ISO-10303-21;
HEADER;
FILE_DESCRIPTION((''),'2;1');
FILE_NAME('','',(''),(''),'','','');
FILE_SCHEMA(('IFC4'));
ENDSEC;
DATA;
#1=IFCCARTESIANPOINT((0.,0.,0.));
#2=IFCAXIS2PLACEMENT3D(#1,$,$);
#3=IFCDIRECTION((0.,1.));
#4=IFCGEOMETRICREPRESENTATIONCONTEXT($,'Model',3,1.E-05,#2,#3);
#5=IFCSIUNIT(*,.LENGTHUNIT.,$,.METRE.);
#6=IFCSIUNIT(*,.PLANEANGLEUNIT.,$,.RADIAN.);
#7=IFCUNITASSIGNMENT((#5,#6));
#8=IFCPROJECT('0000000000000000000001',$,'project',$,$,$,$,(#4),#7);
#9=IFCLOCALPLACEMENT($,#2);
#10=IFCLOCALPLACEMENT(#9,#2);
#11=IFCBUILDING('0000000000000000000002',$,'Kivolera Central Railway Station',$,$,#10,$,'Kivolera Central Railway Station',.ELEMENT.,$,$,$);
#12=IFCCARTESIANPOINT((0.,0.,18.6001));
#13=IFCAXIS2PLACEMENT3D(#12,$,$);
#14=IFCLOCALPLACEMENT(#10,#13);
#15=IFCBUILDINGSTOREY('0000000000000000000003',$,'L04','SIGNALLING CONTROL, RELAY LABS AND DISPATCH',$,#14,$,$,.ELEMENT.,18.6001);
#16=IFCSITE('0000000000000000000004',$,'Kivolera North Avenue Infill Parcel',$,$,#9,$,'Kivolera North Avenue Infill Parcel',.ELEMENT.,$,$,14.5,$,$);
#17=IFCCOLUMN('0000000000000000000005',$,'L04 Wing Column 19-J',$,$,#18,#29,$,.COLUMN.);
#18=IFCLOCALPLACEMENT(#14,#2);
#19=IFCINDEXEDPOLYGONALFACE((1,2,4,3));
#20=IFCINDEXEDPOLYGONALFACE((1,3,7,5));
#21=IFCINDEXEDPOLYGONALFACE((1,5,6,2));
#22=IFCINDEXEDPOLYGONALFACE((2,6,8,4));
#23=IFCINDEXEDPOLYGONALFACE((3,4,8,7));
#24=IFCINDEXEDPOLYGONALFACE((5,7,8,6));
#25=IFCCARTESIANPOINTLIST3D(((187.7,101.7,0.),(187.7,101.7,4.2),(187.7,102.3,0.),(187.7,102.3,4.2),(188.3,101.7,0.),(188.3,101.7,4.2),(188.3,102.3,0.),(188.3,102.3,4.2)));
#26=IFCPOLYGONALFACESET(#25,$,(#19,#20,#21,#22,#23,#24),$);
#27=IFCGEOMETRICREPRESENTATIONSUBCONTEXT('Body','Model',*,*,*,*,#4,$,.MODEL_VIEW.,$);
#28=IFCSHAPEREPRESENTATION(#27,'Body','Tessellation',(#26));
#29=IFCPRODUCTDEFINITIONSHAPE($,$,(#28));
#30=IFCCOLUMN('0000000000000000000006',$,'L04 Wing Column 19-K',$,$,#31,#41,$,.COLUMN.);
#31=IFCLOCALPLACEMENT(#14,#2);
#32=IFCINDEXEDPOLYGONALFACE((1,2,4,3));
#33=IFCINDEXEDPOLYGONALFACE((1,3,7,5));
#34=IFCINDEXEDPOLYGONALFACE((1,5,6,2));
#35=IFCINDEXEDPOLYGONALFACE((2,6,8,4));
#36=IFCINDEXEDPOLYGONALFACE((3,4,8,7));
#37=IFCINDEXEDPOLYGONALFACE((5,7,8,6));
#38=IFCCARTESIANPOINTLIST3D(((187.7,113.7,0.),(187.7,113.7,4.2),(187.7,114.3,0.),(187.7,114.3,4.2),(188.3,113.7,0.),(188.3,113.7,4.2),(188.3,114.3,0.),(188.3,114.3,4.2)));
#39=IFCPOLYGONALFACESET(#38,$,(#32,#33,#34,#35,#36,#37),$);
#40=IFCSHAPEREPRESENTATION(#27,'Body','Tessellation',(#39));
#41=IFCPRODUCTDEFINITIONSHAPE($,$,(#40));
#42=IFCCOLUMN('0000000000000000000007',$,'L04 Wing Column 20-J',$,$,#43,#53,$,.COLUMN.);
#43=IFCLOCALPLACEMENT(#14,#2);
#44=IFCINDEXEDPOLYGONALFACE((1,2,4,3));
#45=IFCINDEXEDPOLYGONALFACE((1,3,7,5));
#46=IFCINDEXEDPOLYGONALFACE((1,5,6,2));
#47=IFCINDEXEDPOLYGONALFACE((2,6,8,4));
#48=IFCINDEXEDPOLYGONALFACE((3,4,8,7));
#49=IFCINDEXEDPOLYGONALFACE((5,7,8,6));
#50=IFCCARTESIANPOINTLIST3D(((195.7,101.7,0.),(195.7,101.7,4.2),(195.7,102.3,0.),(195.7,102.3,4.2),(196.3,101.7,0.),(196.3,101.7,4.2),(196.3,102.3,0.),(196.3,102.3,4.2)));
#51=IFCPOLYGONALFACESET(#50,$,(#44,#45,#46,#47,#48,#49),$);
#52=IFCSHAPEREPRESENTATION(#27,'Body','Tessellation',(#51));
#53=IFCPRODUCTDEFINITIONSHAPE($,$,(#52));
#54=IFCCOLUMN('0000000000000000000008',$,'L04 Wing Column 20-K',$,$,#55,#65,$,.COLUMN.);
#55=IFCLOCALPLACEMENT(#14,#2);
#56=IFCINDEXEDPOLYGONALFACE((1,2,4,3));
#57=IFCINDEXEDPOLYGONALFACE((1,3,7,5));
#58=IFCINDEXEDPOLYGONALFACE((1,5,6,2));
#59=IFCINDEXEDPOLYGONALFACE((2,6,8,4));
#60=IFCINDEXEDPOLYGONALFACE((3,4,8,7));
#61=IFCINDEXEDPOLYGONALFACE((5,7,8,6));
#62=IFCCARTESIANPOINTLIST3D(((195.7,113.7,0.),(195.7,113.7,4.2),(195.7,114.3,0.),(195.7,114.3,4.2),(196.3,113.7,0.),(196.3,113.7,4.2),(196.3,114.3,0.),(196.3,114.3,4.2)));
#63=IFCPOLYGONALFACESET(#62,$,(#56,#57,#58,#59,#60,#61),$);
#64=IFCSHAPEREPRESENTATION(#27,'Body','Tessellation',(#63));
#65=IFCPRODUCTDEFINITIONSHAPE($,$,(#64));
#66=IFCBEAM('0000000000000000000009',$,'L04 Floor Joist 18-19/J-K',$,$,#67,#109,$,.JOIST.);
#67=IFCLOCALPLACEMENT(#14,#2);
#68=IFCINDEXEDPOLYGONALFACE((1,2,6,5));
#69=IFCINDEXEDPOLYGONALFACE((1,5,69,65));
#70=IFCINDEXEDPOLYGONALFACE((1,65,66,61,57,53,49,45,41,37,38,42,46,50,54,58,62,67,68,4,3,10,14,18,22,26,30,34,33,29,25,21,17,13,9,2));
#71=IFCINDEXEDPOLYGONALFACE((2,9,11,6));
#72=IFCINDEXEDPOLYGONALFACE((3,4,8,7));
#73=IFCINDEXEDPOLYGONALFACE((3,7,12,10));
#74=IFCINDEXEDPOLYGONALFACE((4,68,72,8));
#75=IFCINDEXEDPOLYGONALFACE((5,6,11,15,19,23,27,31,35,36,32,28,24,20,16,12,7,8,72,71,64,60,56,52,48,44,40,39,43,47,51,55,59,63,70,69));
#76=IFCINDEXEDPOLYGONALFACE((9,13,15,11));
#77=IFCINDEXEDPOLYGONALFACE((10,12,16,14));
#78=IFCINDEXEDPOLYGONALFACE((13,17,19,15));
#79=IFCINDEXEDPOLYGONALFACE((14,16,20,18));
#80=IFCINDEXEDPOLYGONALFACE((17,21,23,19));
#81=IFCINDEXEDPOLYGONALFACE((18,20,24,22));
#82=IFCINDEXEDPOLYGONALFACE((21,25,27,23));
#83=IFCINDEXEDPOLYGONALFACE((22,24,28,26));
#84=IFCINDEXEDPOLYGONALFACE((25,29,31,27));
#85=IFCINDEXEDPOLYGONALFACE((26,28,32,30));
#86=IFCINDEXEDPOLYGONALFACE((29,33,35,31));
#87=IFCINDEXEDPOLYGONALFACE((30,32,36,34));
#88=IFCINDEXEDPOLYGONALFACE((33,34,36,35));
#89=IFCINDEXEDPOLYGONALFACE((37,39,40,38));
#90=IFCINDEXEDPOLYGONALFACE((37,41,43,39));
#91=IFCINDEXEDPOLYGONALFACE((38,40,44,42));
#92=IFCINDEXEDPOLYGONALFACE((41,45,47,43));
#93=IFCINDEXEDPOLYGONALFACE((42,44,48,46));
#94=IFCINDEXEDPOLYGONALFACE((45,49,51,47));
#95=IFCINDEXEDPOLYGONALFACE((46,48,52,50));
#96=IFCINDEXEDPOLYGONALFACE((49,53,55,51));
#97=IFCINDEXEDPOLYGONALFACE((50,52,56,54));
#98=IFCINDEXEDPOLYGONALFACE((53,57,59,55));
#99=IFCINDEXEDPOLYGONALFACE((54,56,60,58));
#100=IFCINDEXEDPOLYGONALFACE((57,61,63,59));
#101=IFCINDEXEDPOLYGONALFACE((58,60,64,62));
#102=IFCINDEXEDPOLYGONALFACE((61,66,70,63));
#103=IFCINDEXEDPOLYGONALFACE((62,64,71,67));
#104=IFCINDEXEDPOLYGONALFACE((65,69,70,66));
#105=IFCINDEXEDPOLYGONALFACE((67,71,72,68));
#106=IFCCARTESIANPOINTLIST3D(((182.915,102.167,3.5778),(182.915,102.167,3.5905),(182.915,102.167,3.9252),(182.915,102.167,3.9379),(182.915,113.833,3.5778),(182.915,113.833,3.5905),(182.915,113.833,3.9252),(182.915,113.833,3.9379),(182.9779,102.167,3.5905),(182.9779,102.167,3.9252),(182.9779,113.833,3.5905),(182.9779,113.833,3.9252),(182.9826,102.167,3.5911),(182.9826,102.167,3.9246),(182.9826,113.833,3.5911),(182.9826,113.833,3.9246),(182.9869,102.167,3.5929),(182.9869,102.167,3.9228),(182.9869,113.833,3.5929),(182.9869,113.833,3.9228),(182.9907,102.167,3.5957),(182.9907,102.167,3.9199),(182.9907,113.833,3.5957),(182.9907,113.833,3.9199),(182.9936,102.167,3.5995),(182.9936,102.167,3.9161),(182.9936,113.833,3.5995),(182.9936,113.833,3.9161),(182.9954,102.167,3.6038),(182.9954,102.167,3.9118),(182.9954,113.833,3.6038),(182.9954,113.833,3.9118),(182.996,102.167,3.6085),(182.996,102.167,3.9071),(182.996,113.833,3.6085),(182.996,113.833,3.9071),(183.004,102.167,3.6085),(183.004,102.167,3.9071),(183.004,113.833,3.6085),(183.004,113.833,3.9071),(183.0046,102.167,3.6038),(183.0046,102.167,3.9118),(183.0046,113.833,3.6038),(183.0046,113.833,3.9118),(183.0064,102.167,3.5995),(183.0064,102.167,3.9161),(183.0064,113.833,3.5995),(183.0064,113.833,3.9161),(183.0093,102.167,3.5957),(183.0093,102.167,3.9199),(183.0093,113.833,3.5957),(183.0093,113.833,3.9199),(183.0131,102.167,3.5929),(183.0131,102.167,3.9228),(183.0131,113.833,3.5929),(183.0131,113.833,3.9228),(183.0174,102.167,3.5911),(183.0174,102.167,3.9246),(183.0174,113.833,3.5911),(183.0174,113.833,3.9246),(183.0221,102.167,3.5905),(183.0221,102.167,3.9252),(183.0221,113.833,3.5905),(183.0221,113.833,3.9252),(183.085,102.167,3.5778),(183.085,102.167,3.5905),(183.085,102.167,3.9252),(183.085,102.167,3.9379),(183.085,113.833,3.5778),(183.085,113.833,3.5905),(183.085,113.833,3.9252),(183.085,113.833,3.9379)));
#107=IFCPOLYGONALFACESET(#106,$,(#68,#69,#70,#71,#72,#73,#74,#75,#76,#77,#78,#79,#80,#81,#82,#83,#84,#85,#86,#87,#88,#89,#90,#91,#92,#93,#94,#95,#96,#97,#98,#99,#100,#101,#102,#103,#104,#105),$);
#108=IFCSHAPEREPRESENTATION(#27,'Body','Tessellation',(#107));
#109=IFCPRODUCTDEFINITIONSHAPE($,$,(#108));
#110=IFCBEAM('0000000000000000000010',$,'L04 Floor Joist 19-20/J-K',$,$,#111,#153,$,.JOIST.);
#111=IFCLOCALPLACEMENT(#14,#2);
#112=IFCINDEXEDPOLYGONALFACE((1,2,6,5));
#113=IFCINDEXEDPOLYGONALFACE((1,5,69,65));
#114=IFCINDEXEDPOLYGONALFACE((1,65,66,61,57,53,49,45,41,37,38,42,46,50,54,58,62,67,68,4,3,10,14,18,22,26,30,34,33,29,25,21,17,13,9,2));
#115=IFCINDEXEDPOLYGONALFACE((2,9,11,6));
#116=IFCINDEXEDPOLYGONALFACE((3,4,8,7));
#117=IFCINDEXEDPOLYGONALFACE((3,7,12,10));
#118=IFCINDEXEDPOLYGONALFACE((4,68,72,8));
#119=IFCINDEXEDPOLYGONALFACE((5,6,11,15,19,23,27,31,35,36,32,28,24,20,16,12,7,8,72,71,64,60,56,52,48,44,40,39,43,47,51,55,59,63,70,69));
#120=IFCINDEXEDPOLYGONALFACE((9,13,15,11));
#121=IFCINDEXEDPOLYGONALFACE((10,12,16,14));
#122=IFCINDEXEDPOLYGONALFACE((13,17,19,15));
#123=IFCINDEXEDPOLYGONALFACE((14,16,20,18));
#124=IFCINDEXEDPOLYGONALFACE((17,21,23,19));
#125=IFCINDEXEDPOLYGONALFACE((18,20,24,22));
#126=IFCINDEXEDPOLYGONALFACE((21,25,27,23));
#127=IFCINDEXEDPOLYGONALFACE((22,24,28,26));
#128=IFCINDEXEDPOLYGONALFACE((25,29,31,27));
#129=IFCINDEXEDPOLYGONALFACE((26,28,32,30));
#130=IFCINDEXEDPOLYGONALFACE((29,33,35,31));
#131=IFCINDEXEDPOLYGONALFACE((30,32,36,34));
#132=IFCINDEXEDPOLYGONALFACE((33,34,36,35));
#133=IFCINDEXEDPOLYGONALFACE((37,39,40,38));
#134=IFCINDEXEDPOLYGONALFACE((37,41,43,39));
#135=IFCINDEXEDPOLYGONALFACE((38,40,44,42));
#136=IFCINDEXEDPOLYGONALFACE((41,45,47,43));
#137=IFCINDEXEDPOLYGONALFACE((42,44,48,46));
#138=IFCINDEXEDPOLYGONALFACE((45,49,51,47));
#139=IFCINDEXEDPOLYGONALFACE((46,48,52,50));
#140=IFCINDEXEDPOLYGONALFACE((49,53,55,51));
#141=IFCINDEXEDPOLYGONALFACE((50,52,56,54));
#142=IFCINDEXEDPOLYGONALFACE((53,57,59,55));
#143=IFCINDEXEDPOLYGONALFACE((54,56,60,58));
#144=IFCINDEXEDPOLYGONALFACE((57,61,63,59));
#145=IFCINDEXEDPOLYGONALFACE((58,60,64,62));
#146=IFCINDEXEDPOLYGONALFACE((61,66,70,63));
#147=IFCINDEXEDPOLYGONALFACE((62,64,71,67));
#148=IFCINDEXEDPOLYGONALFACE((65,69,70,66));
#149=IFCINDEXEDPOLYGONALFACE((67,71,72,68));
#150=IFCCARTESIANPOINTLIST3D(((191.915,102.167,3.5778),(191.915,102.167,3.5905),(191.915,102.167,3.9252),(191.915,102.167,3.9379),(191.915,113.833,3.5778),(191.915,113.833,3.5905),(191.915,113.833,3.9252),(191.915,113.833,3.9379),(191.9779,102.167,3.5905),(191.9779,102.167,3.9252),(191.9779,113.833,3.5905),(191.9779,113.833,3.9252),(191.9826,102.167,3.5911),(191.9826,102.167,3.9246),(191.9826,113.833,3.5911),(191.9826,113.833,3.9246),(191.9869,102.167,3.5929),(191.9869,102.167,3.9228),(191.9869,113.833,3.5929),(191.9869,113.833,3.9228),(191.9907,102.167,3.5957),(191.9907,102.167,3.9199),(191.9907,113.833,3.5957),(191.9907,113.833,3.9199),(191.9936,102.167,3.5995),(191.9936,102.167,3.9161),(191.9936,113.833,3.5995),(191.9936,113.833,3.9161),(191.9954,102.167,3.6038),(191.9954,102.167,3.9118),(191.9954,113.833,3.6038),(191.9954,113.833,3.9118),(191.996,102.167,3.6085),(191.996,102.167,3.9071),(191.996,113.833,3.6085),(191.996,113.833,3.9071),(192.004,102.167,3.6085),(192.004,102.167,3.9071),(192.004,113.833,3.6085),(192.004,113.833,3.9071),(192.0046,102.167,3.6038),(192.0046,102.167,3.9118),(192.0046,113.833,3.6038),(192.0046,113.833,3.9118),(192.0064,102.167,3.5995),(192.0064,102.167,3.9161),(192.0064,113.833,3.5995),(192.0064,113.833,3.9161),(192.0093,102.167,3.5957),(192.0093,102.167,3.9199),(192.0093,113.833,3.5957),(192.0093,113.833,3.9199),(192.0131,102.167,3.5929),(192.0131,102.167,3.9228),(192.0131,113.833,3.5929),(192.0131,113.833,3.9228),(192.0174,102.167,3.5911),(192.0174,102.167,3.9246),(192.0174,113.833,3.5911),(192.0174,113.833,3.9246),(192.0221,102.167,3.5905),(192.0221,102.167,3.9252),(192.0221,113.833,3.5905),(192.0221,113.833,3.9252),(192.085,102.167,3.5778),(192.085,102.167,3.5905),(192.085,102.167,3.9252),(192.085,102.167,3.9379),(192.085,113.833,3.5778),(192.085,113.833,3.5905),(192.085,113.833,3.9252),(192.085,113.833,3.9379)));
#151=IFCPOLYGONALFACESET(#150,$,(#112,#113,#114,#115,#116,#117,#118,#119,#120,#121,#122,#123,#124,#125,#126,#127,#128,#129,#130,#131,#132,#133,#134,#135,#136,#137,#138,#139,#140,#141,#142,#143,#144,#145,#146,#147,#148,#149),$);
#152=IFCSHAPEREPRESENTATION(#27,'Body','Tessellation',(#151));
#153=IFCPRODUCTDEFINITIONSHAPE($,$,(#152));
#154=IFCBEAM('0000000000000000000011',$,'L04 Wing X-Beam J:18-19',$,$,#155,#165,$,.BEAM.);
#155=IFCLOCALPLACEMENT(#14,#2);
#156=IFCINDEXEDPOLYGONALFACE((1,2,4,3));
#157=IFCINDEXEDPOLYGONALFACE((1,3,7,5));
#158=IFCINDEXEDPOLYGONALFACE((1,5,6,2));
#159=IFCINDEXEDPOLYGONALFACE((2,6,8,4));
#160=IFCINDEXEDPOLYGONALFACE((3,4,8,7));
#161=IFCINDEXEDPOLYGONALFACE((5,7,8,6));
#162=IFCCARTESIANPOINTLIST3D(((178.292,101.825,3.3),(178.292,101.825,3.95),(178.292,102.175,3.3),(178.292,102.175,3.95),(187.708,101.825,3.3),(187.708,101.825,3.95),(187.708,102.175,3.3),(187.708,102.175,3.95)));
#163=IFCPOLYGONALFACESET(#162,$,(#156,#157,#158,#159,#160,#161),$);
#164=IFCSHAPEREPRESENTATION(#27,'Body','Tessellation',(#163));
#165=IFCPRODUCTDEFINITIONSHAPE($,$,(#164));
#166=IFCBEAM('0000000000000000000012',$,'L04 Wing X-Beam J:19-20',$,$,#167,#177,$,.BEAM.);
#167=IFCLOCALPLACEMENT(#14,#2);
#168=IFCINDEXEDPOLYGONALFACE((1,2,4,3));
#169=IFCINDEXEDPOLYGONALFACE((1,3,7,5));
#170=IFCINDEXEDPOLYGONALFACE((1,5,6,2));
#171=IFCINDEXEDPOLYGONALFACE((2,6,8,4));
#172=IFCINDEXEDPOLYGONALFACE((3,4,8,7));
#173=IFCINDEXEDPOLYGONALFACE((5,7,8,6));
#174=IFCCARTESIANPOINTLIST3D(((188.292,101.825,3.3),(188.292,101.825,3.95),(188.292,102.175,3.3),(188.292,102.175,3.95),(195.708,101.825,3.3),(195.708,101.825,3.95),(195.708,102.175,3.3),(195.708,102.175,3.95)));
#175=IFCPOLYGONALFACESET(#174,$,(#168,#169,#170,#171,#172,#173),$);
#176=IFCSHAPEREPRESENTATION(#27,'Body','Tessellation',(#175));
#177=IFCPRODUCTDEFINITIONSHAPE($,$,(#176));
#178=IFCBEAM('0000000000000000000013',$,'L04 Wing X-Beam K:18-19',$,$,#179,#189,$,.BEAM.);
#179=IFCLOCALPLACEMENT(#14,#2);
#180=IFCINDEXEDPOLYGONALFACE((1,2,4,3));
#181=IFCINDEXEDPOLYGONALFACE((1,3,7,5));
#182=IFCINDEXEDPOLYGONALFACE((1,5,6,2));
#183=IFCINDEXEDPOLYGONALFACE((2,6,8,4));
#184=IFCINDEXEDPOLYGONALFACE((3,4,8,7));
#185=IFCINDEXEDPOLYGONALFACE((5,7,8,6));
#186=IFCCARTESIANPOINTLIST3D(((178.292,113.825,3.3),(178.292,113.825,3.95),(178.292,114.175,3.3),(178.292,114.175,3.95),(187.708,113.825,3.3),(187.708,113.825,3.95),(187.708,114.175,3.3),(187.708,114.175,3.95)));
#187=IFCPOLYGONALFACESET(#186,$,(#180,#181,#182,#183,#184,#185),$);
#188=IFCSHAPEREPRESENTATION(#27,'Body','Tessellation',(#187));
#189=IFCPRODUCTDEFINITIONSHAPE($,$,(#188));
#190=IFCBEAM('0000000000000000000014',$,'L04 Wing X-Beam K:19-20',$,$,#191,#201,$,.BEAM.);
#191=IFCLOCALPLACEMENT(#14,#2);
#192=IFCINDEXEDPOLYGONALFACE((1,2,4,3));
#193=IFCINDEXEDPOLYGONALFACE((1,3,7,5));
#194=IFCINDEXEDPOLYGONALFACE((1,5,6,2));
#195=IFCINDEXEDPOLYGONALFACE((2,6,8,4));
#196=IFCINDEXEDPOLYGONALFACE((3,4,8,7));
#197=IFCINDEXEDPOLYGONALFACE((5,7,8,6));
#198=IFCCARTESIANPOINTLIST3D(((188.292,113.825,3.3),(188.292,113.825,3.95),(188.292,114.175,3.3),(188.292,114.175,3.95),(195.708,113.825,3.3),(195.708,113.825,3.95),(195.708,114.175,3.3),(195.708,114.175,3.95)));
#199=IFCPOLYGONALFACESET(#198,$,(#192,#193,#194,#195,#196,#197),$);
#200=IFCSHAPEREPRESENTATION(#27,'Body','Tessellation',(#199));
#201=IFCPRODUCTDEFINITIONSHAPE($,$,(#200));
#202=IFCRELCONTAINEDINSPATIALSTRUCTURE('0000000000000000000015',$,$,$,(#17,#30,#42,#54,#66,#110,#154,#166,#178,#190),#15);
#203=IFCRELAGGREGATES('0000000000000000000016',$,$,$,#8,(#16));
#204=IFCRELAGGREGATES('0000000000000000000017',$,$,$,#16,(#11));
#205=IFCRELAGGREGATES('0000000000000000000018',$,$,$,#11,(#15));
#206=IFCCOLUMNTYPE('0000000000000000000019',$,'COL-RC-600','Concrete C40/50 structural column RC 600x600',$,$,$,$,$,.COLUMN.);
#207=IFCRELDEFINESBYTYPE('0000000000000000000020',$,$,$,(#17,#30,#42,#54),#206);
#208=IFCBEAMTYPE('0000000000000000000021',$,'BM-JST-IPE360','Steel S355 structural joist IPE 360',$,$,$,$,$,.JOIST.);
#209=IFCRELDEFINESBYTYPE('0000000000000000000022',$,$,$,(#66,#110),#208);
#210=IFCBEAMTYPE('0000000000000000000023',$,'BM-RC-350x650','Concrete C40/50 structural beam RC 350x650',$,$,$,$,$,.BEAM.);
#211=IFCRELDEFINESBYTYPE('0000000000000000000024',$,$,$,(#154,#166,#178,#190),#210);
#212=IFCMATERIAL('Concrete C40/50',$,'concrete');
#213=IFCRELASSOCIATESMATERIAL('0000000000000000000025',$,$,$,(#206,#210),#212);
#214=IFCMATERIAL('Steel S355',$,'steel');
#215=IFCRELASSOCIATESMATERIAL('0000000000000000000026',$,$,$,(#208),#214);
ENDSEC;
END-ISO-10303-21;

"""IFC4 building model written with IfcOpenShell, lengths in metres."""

from ifc_helpers import new_model, si_unit, direction, frame, origin, origin_2d, place, context, subcontext, project, spatial, rectangle, i_section, extrude, material, material_profile, profile_set, type_object, element, save


model = new_model("IFC4")

# Units and contexts
model_context = context("Model", 3, precision=1e-05, world=origin(), true_north=direction((0.0, 1.0)))
body_context = subcontext(model_context, "Body", "Model", "MODEL_VIEW")
ifc_project = project(units=[si_unit("LENGTHUNIT", "METRE"), si_unit("PLANEANGLEUNIT", "RADIAN")], contexts=[model_context])

# Site, building, storey
site_placement = place(None, origin())
site = spatial("IfcSite", under=ifc_project, at=site_placement, Name="Kivolera North Avenue Infill Parcel", LongName="Kivolera North Avenue Infill Parcel", CompositionType="ELEMENT", RefElevation=14.5)
building_placement = place(site_placement, origin())
building = spatial("IfcBuilding", under=site, at=building_placement, Name="Kivolera Central Railway Station", LongName="Kivolera Central Railway Station", CompositionType="ELEMENT")
storey_placement = place(building_placement, frame((0.0, 0.0, 18.6001)))
storey = spatial("IfcBuildingStorey", under=building, at=storey_placement, Name="L04", Description="SIGNALLING CONTROL, RELAY LABS AND DISPATCH", CompositionType="ELEMENT", Elevation=18.6001)

# Columns
ifc_material_1 = material(Name="Concrete C40/50", Category="concrete")
ifc_material_profile_1 = material_profile(ifc_material_1, rectangle(XDim=0.6001, YDim=0.6001, at=origin_2d()), Name="RC 600x600")
ifc_profile_set_1 = profile_set([ifc_material_profile_1], Name="Concrete C40/50")
column_type = type_object("IfcColumnType", Name="COL-RC-600", Description="Concrete C40/50 structural column RC 600x600", PredefinedType="COLUMN", material=ifc_profile_set_1)
for number, where, z_axis, x_axis, name in (
    (1, (188.0, 102.0, 0.0), (0.0, 0.0, 1.0), (1.0, 0.0, 0.0), "L04 Wing Column 19-J"),
    (2, (188.0, 114.0, 0.0), (0.0, 0.0, 1.0), (1.0, 0.0, 0.0), "L04 Wing Column 19-K"),
    (3, (196.0, 102.0, 0.0), (0.0, 0.0, 1.0), (1.0, 0.0, 0.0), "L04 Wing Column 20-J"),
    (4, (196.0, 114.0, 0.0), (0.0, 0.0, 1.0), (1.0, 0.0, 0.0), "L04 Wing Column 20-K"),
):
    element("IfcColumn", number, at=place(storey_placement, frame(where, z_axis=z_axis, x_axis=x_axis)), inside=storey, type_object=column_type, Name=name, PredefinedType="COLUMN", context=body_context, shape_type="SweptSolid", body=[
        extrude(rectangle(XDim=0.6001, YDim=0.6001, at=origin_2d()), origin(), (0.0, 0.0, 1.0), 4.2),
    ])

# Beams
ifc_material_2 = material(Name="Steel S355", Category="steel")
ifc_material_profile_2 = material_profile(ifc_material_2, i_section(OverallWidth=0.1699, OverallDepth=0.3601, WebThickness=0.0081, FlangeThickness=0.0127, FilletRadius=0.0181, at=origin_2d()), Name="IPE 360")
ifc_profile_set_2 = profile_set([ifc_material_profile_2], Name="Steel S355")
beam_type_1 = type_object("IfcBeamType", Name="BM-JST-IPE360", Description="Steel S355 structural joist IPE 360", PredefinedType="JOIST", material=ifc_profile_set_2)
for number, where, z_axis, x_axis, name in (
    (5, (183.0, 102.167, 3.7578), (0.0, 1.0, 0.0), (-1.0, 0.0, 0.0), "L04 Floor Joist 18-19/J-K"),
    (6, (192.0, 102.167, 3.7578), (0.0, 1.0, 0.0), (-1.0, 0.0, 0.0), "L04 Floor Joist 19-20/J-K"),
):
    element("IfcBeam", number, at=place(storey_placement, frame(where, z_axis=z_axis, x_axis=x_axis)), inside=storey, type_object=beam_type_1, Name=name, PredefinedType="JOIST", context=body_context, shape_type="SweptSolid", body=[
        extrude(i_section(OverallWidth=0.1699, OverallDepth=0.3601, WebThickness=0.0081, FlangeThickness=0.0127, FilletRadius=0.0181, at=origin_2d()), origin(), (0.0, 0.0, 1.0), 11.666),
    ])
ifc_material_profile_3 = material_profile(ifc_material_1, rectangle(XDim=0.3501, YDim=0.6499, at=origin_2d()), Name="RC 350x650")
ifc_profile_set_3 = profile_set([ifc_material_profile_3], Name="Concrete C40/50")
beam_type_2 = type_object("IfcBeamType", Name="BM-RC-350x650", Description="Concrete C40/50 structural beam RC 350x650", PredefinedType="BEAM", material=ifc_profile_set_3)
beam_1_placement = place(storey_placement, frame((178.292, 102.0, 3.625), z_axis=(1.0, 0.0, 0.0), x_axis=(0.0, 1.0, 0.0)))
element("IfcBeam", 7, at=beam_1_placement, inside=storey, type_object=beam_type_2, Name="L04 Wing X-Beam J:18-19", PredefinedType="BEAM", context=body_context, shape_type="SweptSolid", body=[
    extrude(rectangle(XDim=0.3501, YDim=0.6499, at=origin_2d()), origin(), (0.0, 0.0, 1.0), 9.416),
])
beam_2_placement = place(storey_placement, frame((188.292, 102.0, 3.625), z_axis=(1.0, 0.0, 0.0), x_axis=(0.0, 1.0, 0.0)))
element("IfcBeam", 8, at=beam_2_placement, inside=storey, type_object=beam_type_2, Name="L04 Wing X-Beam J:19-20", PredefinedType="BEAM", context=body_context, shape_type="SweptSolid", body=[
    extrude(rectangle(XDim=0.3501, YDim=0.6499, at=origin_2d()), origin(), (0.0, 0.0, 1.0), 7.416),
])
beam_3_placement = place(storey_placement, frame((178.292, 114.0, 3.625), z_axis=(1.0, 0.0, 0.0), x_axis=(0.0, 1.0, 0.0)))
element("IfcBeam", 9, at=beam_3_placement, inside=storey, type_object=beam_type_2, Name="L04 Wing X-Beam K:18-19", PredefinedType="BEAM", context=body_context, shape_type="SweptSolid", body=[
    extrude(rectangle(XDim=0.3501, YDim=0.6499, at=origin_2d()), origin(), (0.0, 0.0, 1.0), 9.416),
])
beam_4_placement = place(storey_placement, frame((188.292, 114.0, 3.625), z_axis=(1.0, 0.0, 0.0), x_axis=(0.0, 1.0, 0.0)))
element("IfcBeam", 10, at=beam_4_placement, inside=storey, type_object=beam_type_2, Name="L04 Wing X-Beam K:19-20", PredefinedType="BEAM", context=body_context, shape_type="SweptSolid", body=[
    extrude(rectangle(XDim=0.3501, YDim=0.6499, at=origin_2d()), origin(), (0.0, 0.0, 1.0), 7.416),
])

save(model, "model.ifc")
